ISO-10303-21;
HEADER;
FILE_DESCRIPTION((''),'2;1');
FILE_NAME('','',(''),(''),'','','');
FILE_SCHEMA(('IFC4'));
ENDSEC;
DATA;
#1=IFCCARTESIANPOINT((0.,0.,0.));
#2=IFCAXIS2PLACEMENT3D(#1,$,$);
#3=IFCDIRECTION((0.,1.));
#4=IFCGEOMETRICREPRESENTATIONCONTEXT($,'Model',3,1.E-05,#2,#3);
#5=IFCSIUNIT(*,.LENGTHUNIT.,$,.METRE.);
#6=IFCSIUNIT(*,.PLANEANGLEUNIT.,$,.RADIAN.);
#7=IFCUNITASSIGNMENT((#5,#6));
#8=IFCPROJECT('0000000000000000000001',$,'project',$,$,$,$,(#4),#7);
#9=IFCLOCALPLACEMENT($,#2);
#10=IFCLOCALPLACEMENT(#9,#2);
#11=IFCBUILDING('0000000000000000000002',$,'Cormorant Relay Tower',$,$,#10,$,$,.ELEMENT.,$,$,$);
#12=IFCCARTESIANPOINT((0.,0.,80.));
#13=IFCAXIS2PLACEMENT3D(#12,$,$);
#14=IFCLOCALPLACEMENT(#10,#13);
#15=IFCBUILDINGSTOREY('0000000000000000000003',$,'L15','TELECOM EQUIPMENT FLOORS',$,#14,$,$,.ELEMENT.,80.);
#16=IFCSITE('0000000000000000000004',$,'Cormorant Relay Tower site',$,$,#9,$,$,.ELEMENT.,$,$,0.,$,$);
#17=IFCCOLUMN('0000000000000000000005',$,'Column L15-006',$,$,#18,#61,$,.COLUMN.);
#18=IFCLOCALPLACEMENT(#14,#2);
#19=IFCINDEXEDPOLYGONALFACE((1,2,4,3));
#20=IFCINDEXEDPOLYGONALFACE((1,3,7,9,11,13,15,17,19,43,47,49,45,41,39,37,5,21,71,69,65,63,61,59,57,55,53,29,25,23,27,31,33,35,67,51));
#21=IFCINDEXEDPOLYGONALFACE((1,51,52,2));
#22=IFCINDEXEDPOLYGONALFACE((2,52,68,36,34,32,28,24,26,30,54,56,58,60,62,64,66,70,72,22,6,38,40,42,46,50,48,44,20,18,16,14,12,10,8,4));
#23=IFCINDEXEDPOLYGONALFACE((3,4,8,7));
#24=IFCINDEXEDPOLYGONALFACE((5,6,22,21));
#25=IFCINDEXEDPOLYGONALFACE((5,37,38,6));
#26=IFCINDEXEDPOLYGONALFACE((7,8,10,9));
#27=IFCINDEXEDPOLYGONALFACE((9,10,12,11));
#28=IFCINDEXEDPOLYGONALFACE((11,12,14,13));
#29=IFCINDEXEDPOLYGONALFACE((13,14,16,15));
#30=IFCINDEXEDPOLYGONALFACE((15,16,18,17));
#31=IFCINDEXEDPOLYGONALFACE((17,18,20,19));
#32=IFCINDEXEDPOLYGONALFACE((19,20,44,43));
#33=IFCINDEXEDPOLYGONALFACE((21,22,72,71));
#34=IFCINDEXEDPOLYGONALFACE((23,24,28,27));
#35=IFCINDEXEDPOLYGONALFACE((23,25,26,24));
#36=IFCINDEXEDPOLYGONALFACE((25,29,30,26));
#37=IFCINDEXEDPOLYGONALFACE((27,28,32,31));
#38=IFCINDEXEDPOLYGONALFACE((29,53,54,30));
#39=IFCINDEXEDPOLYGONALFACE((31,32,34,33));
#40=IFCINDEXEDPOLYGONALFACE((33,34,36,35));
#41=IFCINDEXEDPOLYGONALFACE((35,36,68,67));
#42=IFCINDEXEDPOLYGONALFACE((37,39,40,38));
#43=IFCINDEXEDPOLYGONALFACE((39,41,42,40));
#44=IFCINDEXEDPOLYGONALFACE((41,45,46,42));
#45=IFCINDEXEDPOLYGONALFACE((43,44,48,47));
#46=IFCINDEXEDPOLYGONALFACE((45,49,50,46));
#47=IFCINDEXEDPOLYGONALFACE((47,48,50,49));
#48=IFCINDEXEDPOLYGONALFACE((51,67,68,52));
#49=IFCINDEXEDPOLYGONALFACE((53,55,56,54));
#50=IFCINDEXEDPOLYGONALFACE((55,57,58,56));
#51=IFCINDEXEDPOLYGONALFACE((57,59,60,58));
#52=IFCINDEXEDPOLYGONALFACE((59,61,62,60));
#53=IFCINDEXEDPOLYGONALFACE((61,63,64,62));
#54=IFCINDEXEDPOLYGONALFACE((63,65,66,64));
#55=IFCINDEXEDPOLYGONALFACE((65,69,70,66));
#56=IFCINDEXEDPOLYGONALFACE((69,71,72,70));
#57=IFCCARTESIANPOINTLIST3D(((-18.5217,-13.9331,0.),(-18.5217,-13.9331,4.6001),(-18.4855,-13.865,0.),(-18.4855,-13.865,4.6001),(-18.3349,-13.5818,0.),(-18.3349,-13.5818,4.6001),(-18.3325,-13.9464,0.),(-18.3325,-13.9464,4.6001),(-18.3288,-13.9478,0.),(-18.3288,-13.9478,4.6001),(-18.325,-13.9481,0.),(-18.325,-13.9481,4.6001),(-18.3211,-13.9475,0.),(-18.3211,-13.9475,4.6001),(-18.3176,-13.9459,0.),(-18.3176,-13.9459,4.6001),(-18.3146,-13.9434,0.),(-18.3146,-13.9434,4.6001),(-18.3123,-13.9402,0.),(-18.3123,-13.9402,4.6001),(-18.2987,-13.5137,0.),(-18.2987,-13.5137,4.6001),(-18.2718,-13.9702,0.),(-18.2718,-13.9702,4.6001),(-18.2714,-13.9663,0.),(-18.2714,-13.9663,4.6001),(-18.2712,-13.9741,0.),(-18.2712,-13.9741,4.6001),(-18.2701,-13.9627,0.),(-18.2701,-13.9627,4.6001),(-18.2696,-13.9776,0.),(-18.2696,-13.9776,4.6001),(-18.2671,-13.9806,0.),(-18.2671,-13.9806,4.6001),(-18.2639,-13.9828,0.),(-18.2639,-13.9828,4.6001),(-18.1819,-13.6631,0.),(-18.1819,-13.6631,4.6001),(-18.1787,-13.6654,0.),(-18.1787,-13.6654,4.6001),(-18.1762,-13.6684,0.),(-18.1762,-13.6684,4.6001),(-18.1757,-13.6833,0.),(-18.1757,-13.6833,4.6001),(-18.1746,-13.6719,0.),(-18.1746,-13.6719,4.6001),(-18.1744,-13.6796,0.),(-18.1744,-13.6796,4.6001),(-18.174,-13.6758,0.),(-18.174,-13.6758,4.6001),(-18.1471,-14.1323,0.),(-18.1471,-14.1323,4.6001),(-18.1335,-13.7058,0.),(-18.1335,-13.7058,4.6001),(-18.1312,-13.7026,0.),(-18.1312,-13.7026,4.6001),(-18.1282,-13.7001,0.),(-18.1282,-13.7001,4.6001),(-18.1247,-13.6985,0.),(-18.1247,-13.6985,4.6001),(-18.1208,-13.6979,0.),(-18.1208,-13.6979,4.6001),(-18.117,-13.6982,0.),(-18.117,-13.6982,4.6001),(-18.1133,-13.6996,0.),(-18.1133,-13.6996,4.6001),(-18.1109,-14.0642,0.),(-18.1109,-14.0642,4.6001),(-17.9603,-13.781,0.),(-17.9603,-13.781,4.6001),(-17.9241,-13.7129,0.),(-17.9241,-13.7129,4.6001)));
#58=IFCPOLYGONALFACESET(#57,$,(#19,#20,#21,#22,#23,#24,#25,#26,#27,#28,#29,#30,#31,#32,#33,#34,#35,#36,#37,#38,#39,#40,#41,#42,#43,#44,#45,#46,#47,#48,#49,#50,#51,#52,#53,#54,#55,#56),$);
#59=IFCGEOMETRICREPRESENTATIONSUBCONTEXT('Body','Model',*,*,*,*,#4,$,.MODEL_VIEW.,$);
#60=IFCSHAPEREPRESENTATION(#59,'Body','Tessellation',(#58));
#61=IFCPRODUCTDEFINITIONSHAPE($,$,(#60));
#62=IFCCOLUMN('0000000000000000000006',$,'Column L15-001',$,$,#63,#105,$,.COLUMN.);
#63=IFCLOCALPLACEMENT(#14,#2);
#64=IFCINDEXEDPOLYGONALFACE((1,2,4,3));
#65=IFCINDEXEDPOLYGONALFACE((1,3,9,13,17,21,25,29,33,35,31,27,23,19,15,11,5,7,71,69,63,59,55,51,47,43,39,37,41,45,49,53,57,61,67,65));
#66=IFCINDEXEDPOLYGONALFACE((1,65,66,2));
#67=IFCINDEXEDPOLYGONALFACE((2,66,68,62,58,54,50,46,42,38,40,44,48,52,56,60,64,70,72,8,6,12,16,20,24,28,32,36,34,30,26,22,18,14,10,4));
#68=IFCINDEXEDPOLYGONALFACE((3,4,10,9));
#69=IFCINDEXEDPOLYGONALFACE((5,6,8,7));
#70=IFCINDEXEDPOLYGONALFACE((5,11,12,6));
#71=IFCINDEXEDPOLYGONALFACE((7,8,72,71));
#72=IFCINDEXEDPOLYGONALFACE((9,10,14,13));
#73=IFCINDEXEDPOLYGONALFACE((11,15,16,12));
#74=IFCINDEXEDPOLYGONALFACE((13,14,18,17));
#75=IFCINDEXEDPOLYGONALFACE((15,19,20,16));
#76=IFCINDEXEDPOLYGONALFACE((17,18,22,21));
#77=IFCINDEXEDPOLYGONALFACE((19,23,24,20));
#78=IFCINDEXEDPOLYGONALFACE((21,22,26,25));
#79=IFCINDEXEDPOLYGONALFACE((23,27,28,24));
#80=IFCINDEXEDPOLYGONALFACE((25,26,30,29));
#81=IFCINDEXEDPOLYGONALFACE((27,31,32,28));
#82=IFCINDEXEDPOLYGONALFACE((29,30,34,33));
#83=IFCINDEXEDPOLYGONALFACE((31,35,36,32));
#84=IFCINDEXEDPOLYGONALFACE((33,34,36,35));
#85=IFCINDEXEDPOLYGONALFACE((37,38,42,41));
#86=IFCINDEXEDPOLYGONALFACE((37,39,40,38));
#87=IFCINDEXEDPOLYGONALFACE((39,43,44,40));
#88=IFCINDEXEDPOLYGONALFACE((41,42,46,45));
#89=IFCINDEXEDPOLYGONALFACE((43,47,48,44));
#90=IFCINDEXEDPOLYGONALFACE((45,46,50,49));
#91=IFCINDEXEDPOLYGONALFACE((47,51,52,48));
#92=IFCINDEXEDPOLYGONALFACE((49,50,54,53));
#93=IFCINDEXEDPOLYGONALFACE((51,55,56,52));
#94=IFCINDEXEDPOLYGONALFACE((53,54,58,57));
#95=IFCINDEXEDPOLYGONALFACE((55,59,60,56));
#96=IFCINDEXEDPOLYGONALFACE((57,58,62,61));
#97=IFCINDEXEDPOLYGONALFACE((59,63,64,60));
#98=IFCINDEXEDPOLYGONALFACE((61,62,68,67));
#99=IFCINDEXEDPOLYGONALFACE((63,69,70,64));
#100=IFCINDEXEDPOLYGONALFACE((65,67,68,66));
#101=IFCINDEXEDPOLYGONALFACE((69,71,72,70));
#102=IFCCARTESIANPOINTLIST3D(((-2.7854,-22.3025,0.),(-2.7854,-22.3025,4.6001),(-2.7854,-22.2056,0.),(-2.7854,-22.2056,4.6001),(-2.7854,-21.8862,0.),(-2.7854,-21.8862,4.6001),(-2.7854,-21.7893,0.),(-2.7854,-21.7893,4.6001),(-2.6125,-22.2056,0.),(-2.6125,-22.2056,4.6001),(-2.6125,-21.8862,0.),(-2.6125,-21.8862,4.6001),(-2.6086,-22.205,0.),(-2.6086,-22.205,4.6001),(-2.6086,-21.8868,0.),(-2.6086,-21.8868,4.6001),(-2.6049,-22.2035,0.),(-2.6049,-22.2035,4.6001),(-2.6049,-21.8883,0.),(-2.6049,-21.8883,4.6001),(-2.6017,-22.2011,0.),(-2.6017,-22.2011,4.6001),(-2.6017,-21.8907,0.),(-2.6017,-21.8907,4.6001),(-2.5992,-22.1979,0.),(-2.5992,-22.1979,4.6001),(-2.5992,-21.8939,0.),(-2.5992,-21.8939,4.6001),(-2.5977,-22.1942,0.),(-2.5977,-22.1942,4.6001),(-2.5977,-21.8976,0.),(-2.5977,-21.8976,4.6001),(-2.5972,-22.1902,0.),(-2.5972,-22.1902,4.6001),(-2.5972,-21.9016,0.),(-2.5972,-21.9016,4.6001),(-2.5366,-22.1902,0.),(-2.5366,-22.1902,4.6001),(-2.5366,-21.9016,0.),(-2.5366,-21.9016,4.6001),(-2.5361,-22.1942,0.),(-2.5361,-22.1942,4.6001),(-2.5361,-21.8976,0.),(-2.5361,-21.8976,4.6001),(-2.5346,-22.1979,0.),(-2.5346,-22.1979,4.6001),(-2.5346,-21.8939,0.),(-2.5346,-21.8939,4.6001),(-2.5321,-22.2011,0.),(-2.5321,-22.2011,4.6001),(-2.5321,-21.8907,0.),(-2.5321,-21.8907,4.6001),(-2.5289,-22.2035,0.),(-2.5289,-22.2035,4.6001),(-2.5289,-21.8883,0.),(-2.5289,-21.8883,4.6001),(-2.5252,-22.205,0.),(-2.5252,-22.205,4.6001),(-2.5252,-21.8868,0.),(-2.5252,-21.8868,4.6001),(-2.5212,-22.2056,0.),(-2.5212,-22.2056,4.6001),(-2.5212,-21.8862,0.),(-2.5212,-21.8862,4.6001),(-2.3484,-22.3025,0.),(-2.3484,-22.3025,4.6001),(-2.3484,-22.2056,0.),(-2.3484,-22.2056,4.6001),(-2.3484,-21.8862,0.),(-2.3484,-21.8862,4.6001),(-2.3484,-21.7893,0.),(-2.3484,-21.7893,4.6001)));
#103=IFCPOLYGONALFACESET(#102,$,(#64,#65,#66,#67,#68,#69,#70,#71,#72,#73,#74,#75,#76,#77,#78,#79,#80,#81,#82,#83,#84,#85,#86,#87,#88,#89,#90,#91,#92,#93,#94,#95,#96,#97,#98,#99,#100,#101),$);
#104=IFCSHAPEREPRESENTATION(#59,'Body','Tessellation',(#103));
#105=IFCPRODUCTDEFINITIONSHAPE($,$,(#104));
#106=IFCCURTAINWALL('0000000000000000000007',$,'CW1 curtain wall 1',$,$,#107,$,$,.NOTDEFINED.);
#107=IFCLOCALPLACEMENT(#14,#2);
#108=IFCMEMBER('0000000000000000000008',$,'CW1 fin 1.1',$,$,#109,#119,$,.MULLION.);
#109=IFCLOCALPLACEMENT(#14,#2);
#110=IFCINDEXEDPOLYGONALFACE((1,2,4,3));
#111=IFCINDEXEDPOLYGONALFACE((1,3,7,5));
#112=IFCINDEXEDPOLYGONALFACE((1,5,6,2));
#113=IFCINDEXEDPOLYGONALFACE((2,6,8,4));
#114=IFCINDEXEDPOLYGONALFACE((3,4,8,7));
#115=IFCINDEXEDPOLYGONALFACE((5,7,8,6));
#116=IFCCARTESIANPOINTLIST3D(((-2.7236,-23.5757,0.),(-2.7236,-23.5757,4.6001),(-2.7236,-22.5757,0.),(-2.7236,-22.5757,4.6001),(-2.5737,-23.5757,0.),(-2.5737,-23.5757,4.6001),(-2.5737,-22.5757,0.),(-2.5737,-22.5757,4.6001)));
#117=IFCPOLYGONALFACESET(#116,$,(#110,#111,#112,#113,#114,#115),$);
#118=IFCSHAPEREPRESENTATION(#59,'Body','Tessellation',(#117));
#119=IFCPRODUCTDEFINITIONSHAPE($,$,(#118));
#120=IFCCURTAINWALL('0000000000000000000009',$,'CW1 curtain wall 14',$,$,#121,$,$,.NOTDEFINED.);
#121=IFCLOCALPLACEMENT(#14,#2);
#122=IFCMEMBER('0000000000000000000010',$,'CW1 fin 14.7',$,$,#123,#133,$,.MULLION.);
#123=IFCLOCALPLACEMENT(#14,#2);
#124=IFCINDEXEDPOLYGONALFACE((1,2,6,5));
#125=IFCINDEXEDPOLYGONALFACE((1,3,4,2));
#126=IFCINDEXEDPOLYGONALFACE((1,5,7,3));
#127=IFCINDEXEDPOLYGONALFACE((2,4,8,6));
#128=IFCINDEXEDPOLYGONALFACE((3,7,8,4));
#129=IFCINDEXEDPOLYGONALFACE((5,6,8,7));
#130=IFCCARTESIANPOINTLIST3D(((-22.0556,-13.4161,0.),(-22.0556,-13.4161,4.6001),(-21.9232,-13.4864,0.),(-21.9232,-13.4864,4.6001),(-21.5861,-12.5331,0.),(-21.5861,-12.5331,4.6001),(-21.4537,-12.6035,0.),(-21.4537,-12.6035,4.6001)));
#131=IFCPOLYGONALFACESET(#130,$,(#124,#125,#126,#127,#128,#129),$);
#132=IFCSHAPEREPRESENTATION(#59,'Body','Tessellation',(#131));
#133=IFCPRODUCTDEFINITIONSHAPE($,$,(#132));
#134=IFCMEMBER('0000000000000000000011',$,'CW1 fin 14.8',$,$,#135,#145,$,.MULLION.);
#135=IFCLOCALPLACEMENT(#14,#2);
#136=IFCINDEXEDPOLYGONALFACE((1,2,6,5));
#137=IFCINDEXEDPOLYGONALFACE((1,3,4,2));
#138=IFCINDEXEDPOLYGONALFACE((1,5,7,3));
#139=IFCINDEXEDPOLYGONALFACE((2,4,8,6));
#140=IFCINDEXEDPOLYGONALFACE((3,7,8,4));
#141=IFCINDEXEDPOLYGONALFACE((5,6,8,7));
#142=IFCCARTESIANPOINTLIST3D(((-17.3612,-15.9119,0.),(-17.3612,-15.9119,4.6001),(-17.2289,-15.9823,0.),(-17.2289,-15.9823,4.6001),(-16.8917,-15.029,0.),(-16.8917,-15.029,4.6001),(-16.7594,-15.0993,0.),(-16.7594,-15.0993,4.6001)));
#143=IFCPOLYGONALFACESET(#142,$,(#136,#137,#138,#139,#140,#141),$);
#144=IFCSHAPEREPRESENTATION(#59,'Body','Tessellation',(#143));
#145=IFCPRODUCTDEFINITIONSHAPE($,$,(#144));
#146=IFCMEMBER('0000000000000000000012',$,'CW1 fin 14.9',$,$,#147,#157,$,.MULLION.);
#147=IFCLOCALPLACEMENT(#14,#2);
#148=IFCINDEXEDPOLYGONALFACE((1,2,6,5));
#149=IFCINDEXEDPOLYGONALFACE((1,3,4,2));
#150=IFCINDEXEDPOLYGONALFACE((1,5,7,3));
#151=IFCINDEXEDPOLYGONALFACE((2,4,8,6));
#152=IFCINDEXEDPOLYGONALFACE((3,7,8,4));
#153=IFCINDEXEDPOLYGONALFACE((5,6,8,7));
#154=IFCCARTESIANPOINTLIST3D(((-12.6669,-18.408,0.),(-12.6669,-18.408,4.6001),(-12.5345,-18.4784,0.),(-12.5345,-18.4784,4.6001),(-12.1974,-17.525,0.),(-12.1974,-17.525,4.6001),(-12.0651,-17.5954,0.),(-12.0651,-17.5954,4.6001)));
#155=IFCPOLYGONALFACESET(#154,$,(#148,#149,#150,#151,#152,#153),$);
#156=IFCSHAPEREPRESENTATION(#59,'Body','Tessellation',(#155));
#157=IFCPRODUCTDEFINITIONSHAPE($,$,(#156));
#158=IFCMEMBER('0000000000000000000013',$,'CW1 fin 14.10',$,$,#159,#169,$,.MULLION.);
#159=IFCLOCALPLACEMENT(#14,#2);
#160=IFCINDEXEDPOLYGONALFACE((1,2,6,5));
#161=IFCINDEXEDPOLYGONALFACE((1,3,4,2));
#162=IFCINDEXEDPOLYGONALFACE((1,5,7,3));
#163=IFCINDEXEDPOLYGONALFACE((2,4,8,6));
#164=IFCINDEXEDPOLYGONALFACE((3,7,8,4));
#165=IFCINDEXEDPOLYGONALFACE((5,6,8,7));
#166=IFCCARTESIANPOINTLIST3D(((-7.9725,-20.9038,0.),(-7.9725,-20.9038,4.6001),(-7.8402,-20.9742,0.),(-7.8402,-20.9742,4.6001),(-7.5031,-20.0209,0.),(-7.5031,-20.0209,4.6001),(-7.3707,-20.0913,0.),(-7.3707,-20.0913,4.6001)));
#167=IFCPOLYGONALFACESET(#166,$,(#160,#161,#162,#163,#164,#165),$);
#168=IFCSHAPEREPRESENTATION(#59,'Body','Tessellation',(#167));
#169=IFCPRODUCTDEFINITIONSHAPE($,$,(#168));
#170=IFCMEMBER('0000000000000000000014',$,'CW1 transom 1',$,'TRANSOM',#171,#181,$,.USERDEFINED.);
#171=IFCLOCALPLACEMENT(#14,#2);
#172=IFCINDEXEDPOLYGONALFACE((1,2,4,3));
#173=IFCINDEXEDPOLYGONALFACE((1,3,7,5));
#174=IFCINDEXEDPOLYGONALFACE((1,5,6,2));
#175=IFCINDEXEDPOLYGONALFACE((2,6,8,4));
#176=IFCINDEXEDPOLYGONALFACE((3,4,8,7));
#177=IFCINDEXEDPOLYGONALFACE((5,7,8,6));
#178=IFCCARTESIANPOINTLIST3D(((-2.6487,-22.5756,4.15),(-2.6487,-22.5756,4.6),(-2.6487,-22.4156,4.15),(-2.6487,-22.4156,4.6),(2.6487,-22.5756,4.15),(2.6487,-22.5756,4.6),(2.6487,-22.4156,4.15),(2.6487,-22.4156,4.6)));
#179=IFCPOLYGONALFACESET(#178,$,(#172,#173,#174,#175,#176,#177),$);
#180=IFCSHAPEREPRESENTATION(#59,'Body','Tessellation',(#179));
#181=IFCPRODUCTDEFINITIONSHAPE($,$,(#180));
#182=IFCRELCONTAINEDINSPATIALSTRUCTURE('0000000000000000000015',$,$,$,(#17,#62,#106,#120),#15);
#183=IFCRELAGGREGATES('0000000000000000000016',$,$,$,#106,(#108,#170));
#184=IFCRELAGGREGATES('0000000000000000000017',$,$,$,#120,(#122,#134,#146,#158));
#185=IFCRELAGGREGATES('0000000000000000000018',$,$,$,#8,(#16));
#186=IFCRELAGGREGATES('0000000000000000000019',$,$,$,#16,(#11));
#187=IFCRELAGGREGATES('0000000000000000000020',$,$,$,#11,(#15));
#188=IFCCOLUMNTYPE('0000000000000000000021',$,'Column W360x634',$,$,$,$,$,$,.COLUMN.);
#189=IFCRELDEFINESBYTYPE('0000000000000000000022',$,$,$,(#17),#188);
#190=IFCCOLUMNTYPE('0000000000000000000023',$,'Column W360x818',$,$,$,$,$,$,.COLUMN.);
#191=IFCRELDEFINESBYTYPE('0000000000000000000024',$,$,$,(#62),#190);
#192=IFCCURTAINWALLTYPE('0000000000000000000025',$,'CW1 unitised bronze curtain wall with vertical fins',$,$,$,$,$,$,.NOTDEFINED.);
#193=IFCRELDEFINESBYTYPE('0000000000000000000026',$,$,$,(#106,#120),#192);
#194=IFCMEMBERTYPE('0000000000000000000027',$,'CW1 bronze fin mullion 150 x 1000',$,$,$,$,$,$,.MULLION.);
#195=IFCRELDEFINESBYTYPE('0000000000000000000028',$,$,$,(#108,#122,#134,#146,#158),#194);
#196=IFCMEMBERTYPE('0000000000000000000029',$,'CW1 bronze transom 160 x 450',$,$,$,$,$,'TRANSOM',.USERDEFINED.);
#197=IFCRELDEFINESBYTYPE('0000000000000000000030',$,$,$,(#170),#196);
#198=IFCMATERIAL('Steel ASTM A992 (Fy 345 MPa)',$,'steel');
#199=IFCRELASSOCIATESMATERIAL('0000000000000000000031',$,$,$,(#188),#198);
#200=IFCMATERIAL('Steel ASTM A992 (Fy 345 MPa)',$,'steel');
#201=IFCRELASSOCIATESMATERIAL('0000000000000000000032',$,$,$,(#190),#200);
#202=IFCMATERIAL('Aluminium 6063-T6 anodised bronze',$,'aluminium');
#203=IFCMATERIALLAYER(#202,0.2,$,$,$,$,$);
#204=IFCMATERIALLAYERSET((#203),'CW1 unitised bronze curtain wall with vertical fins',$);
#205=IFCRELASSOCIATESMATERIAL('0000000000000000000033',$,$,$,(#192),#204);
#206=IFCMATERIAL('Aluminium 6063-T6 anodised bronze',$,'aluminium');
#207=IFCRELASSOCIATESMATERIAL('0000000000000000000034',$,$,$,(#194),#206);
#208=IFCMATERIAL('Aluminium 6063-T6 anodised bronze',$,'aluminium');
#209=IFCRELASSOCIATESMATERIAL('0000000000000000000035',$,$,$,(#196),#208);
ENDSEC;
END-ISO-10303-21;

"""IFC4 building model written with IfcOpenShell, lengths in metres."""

from ifc_helpers import new_model, si_unit, direction, frame, origin, origin_2d, place, context, subcontext, project, spatial, rectangle, i_section, extrude, material, layer, layer_set, material_profile, profile_set, type_object, element, aggregate, save


model = new_model("IFC4")

# Units and contexts
model_context = context("Model", 3, precision=1e-05, world=origin(), true_north=direction((0.0, 1.0)))
body_context = subcontext(model_context, "Body", "Model", "MODEL_VIEW")
ifc_project = project(units=[si_unit("LENGTHUNIT", "METRE"), si_unit("PLANEANGLEUNIT", "RADIAN")], contexts=[model_context])

# Site, building, storey
site_placement = place(None, origin())
site = spatial("IfcSite", under=ifc_project, at=site_placement, Name="Cormorant Relay Tower site", CompositionType="ELEMENT", RefElevation=0.0)
building_placement = place(site_placement, origin())
building = spatial("IfcBuilding", under=site, at=building_placement, Name="Cormorant Relay Tower", CompositionType="ELEMENT")
storey_placement = place(building_placement, frame((0.0, 0.0, 80.0)))
storey = spatial("IfcBuildingStorey", under=building, at=storey_placement, Name="L15", Description="TELECOM EQUIPMENT FLOORS", CompositionType="ELEMENT", Elevation=80.0)

# Columns
ifc_material_1 = material(Name="Steel ASTM A992 (Fy 345 MPa)", Category="steel")
ifc_material_profile_1 = material_profile(ifc_material_1, i_section(OverallWidth=0.4243, OverallDepth=0.4751, WebThickness=0.0479, FlangeThickness=0.0771, FilletRadius=0.0149, at=origin_2d()), Name="W360x634")
ifc_profile_set_1 = profile_set([ifc_material_profile_1], Name="Steel ASTM A992 (Fy 345 MPa)")
column_type_1 = type_object("IfcColumnType", Name="Column W360x634", PredefinedType="COLUMN", material=ifc_profile_set_1)
for number, where, z_axis, x_axis, name in (
    (1, (-18.2229, -13.823, 0.0), (0.0, 0.0, 1.0), (0.882948, -0.469472, 0.0), "Column L15-006"),
):
    element("IfcColumn", number, at=place(storey_placement, frame(where, z_axis=z_axis, x_axis=x_axis)), inside=storey, type_object=column_type_1, Name=name, PredefinedType="COLUMN", context=body_context, shape_type="SweptSolid", body=[
        extrude(i_section(OverallWidth=0.4243, OverallDepth=0.4751, WebThickness=0.0479, FlangeThickness=0.0771, FilletRadius=0.0149, at=origin_2d()), origin(), (0.0, 0.0, 1.0), 4.6001),
    ])
ifc_material_2 = material(Name="Steel ASTM A992 (Fy 345 MPa)", Category="steel")
ifc_material_profile_2 = material_profile(ifc_material_2, i_section(OverallWidth=0.437, OverallDepth=0.5132, WebThickness=0.0605, FlangeThickness=0.0969, FilletRadius=0.0154, at=origin_2d()), Name="W360x818")
ifc_profile_set_2 = profile_set([ifc_material_profile_2], Name="Steel ASTM A992 (Fy 345 MPa)")
column_type_2 = type_object("IfcColumnType", Name="Column W360x818", PredefinedType="COLUMN", material=ifc_profile_set_2)
column_placement = place(storey_placement, frame((-2.5669, -22.0459, 0.0), z_axis=(0.0, 0.0, 1.0), x_axis=(1.0, 0.0, 0.0)))
element("IfcColumn", 2, at=column_placement, inside=storey, type_object=column_type_2, Name="Column L15-001", PredefinedType="COLUMN", context=body_context, shape_type="SweptSolid", body=[
    extrude(i_section(OverallWidth=0.437, OverallDepth=0.5132, WebThickness=0.0605, FlangeThickness=0.0969, FilletRadius=0.0154, at=origin_2d()), origin(), (0.0, 0.0, 1.0), 4.6001),
])

# Curtain wall, member
ifc_material_3 = material(Name="Aluminium 6063-T6 anodised bronze", Category="aluminium")
ifc_layer_1 = layer(ifc_material_3, 0.2)
ifc_layer_set_1 = layer_set([ifc_layer_1], Name="CW1 unitised bronze curtain wall with vertical fins")
curtain_wall_type = type_object("IfcCurtainWallType", Name="CW1 unitised bronze curtain wall with vertical fins", PredefinedType="NOTDEFINED", material=ifc_layer_set_1)
curtain_wall_1_placement = place(storey_placement, origin())
curtain_wall_1 = element("IfcCurtainWall", 3, at=curtain_wall_1_placement, inside=storey, type_object=curtain_wall_type, Name="CW1 curtain wall 1", PredefinedType="NOTDEFINED")
ifc_material_4 = material(Name="Aluminium 6063-T6 anodised bronze", Category="aluminium")
ifc_material_profile_3 = material_profile(ifc_material_4, rectangle(XDim=0.1499, YDim=1.0, at=origin_2d()), Name="AL 150x1000")
ifc_profile_set_3 = profile_set([ifc_material_profile_3], Name="Aluminium 6063-T6 anodised bronze")
member_type_1 = type_object("IfcMemberType", Name="CW1 bronze fin mullion 150 x 1000", PredefinedType="MULLION", material=ifc_profile_set_3)
member_1_placement = place(storey_placement, frame((-2.6487, -23.0757, 0.0), z_axis=(0.0, 0.0, 1.0), x_axis=(1.0, 0.0, 0.0)))
member_1 = element("IfcMember", 4, at=member_1_placement, type_object=member_type_1, Name="CW1 fin 1.1", PredefinedType="MULLION", context=body_context, shape_type="SweptSolid", body=[
    extrude(rectangle(XDim=0.1499, YDim=1.0, at=origin_2d()), origin(), (0.0, 0.0, 1.0), 4.6001),
])

# Curtain wall, members
curtain_wall_2_placement = place(storey_placement, origin())
curtain_wall_2 = element("IfcCurtainWall", 5, at=curtain_wall_2_placement, inside=storey, type_object=curtain_wall_type, Name="CW1 curtain wall 14", PredefinedType="NOTDEFINED")
member_2_placement = place(storey_placement, frame((-21.7546, -13.0098, 0.0), z_axis=(0.0, 0.0, 1.0), x_axis=(0.882948, -0.469472, 0.0)))
member_2 = element("IfcMember", 6, at=member_2_placement, type_object=member_type_1, Name="CW1 fin 14.7", PredefinedType="MULLION", context=body_context, shape_type="SweptSolid", body=[
    extrude(rectangle(XDim=0.1499, YDim=1.0, at=origin_2d()), origin(), (0.0, 0.0, 1.0), 4.6001),
])
member_3_placement = place(storey_placement, frame((-17.0603, -15.5056, 0.0), z_axis=(0.0, 0.0, 1.0), x_axis=(0.882948, -0.469472, 0.0)))
member_3 = element("IfcMember", 7, at=member_3_placement, type_object=member_type_1, Name="CW1 fin 14.8", PredefinedType="MULLION", context=body_context, shape_type="SweptSolid", body=[
    extrude(rectangle(XDim=0.1499, YDim=1.0, at=origin_2d()), origin(), (0.0, 0.0, 1.0), 4.6001),
])
member_4_placement = place(storey_placement, frame((-12.366, -18.0017, 0.0), z_axis=(0.0, 0.0, 1.0), x_axis=(0.882948, -0.469472, 0.0)))
member_4 = element("IfcMember", 8, at=member_4_placement, type_object=member_type_1, Name="CW1 fin 14.9", PredefinedType="MULLION", context=body_context, shape_type="SweptSolid", body=[
    extrude(rectangle(XDim=0.1499, YDim=1.0, at=origin_2d()), origin(), (0.0, 0.0, 1.0), 4.6001),
])
member_5_placement = place(storey_placement, frame((-7.6716, -20.4976, 0.0), z_axis=(0.0, 0.0, 1.0), x_axis=(0.882948, -0.469472, 0.0)))
member_5 = element("IfcMember", 9, at=member_5_placement, type_object=member_type_1, Name="CW1 fin 14.10", PredefinedType="MULLION", context=body_context, shape_type="SweptSolid", body=[
    extrude(rectangle(XDim=0.1499, YDim=1.0, at=origin_2d()), origin(), (0.0, 0.0, 1.0), 4.6001),
])

# Member
ifc_material_5 = material(Name="Aluminium 6063-T6 anodised bronze", Category="aluminium")
ifc_material_profile_4 = material_profile(ifc_material_5, rectangle(XDim=0.1599, YDim=0.45, at=origin_2d()), Name="AL 160x450")
ifc_profile_set_4 = profile_set([ifc_material_profile_4], Name="Aluminium 6063-T6 anodised bronze")
member_type_2 = type_object("IfcMemberType", Name="CW1 bronze transom 160 x 450", ElementType="TRANSOM", PredefinedType="USERDEFINED", material=ifc_profile_set_4)
member_6_placement = place(storey_placement, frame((-2.6487, -22.4956, 4.375), z_axis=(1.0, 0.0, 0.0), x_axis=(0.0, 1.0, 0.0)))
member_6 = element("IfcMember", 10, at=member_6_placement, type_object=member_type_2, Name="CW1 transom 1", ObjectType="TRANSOM", PredefinedType="USERDEFINED", context=body_context, shape_type="SweptSolid", body=[
    extrude(rectangle(XDim=0.1599, YDim=0.45, at=origin_2d()), origin(), (0.0, 0.0, 1.0), 5.2974),
])

aggregate(curtain_wall_1, [member_1, member_6])
aggregate(curtain_wall_2, [member_2, member_3, member_4, member_5])

save(model, "model.ifc")
